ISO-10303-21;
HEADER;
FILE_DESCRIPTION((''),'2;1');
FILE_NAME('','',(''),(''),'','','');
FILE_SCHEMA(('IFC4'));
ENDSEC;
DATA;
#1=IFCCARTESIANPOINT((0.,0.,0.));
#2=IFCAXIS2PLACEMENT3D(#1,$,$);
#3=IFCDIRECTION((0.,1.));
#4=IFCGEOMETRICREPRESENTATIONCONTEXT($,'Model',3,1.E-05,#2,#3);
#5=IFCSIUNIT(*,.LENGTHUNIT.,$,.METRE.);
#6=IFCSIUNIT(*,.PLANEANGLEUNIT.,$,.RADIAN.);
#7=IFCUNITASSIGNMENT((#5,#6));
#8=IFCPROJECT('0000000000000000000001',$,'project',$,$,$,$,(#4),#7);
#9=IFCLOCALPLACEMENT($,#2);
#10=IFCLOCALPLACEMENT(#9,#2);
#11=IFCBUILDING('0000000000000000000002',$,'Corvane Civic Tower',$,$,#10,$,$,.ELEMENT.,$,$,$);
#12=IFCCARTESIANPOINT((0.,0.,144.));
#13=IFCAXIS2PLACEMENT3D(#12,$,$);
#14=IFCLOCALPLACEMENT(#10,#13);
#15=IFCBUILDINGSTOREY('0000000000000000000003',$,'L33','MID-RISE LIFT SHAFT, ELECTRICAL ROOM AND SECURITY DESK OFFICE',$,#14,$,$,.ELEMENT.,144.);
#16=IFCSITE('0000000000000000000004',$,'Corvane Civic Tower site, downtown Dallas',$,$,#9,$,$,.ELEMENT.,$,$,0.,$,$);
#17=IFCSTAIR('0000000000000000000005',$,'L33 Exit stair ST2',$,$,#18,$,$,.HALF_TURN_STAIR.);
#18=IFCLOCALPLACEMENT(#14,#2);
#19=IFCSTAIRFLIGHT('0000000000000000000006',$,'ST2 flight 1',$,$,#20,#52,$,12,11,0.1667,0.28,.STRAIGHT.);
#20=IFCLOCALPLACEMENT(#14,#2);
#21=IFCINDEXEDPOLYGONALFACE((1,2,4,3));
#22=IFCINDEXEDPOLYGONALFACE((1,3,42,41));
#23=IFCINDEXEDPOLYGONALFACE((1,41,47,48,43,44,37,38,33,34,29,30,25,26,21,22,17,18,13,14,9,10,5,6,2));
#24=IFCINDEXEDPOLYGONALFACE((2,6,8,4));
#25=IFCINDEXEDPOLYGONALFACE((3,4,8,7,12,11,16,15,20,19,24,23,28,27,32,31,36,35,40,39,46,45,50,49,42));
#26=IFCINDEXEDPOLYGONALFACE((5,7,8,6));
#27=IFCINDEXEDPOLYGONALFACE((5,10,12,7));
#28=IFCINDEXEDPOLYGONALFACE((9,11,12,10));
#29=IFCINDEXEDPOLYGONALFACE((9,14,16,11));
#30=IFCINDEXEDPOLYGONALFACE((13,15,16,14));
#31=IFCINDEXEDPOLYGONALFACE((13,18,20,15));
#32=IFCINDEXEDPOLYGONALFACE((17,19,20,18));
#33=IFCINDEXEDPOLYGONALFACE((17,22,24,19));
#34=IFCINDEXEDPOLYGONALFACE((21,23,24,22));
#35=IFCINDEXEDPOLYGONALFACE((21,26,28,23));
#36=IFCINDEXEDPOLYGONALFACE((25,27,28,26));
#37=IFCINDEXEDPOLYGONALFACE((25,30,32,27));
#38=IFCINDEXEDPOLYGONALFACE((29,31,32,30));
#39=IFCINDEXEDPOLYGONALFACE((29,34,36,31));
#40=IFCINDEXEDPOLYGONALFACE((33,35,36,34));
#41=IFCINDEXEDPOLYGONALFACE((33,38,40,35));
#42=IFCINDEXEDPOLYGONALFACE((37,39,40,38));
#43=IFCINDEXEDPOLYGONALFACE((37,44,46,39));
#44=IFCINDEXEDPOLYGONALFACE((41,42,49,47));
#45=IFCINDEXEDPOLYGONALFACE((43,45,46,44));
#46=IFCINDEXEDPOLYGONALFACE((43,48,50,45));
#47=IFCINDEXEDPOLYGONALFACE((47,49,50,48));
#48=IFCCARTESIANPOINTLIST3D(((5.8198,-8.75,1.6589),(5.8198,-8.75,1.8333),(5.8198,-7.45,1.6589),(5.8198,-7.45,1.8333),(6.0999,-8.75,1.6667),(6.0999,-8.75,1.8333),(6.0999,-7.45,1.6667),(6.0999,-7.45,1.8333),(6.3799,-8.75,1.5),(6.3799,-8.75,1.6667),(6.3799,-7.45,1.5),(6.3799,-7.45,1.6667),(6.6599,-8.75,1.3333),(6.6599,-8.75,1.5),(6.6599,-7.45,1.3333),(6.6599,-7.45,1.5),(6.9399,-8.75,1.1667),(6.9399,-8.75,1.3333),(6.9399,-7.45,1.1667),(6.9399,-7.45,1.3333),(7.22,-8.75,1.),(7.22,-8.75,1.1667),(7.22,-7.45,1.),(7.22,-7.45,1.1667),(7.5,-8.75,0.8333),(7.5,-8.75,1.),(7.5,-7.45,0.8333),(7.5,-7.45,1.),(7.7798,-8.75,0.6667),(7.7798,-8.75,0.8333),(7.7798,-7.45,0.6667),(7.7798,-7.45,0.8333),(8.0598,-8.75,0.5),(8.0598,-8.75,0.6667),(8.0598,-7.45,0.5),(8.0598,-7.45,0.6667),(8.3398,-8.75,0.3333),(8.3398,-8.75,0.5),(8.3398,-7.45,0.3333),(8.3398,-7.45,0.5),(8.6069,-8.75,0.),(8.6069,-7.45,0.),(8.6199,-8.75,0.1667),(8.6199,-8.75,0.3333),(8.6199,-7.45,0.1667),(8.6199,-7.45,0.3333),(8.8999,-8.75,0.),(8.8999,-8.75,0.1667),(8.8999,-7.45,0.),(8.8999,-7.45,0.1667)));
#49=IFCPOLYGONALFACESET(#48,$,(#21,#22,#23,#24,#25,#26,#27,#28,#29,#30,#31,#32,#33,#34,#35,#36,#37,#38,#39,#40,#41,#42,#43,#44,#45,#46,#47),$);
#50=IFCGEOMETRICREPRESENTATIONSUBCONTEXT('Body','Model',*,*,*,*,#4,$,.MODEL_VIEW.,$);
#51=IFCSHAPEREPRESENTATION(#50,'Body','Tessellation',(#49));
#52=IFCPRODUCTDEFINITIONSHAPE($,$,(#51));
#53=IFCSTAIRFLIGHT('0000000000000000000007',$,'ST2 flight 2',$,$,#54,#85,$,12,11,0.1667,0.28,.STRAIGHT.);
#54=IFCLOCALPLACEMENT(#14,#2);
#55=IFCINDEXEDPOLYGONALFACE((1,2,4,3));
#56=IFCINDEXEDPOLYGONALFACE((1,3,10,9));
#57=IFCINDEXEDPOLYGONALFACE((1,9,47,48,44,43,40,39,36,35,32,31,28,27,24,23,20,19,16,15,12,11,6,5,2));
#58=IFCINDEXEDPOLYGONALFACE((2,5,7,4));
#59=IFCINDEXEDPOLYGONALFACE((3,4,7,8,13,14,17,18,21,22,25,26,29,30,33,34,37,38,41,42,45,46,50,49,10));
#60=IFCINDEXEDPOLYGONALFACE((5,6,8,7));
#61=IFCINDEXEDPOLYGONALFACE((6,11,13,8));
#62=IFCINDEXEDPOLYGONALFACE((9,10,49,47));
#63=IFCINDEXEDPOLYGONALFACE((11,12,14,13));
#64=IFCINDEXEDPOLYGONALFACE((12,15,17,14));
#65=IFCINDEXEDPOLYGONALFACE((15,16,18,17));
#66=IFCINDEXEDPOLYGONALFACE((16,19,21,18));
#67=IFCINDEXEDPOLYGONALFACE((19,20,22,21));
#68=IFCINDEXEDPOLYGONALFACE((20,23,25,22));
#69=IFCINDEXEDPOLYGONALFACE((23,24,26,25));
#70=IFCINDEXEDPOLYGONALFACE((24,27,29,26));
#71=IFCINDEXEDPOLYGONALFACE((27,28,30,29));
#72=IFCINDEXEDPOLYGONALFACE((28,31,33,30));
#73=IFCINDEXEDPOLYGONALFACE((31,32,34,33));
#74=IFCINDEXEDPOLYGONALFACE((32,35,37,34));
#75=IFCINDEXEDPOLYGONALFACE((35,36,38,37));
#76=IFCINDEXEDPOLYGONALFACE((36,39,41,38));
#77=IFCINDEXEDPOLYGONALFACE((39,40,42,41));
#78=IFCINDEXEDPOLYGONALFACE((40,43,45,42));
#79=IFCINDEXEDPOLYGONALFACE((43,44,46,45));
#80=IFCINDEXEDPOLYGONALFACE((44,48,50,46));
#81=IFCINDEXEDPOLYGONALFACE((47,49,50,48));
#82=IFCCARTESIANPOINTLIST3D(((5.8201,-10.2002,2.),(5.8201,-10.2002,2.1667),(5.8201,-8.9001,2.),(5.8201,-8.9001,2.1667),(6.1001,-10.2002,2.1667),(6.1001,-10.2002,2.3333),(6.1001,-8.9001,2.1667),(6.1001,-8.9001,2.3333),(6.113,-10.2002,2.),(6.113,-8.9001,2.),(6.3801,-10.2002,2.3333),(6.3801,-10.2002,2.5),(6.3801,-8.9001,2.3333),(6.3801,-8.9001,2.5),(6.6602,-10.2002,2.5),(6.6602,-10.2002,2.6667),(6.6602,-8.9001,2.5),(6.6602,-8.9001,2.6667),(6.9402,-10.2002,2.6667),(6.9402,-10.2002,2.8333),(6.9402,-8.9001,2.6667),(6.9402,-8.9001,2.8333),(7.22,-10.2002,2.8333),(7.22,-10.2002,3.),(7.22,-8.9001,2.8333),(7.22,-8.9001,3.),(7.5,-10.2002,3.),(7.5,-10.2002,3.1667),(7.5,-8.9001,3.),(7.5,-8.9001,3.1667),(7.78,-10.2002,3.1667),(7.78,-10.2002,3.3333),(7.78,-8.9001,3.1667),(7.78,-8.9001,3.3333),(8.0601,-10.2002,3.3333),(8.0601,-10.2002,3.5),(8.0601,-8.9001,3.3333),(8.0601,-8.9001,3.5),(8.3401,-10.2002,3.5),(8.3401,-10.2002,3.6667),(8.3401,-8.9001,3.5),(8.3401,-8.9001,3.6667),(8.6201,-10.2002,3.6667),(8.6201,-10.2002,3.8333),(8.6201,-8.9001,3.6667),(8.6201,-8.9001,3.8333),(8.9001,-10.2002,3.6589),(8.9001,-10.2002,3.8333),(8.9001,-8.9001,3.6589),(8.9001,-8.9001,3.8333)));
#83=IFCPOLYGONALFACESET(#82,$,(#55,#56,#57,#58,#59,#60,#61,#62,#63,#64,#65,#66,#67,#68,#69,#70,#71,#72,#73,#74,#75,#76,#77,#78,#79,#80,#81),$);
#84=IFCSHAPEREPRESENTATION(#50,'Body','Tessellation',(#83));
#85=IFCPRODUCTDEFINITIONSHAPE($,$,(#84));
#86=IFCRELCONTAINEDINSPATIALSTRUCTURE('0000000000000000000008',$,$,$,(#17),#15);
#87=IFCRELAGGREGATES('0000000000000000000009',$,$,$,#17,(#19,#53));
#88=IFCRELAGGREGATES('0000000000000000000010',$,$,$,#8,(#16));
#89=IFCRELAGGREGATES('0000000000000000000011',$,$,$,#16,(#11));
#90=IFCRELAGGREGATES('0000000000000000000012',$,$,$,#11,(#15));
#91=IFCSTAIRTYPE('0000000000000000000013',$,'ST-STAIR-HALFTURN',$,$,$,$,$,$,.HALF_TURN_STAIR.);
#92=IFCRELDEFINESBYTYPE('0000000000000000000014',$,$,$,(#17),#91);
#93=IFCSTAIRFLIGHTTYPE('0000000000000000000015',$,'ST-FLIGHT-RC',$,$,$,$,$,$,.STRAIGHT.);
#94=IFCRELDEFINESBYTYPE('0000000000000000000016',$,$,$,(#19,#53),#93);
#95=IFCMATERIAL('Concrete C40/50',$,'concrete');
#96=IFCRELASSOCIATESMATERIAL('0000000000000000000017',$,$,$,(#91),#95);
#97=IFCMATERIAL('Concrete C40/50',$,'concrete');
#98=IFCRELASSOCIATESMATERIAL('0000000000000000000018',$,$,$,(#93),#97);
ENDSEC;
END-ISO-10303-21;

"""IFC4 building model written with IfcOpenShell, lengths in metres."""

from ifc_helpers import new_model, si_unit, direction, frame, origin, place, context, subcontext, project, spatial, polyline, outline, extrude, material, type_object, element, aggregate, save


model = new_model("IFC4")

# Units and contexts
model_context = context("Model", 3, precision=1e-05, world=origin(), true_north=direction((0.0, 1.0)))
body_context = subcontext(model_context, "Body", "Model", "MODEL_VIEW")
ifc_project = project(units=[si_unit("LENGTHUNIT", "METRE"), si_unit("PLANEANGLEUNIT", "RADIAN")], contexts=[model_context])

# Site, building, storey
site_placement = place(None, origin())
site = spatial("IfcSite", under=ifc_project, at=site_placement, Name="Corvane Civic Tower site, downtown Dallas", CompositionType="ELEMENT", RefElevation=0.0)
building_placement = place(site_placement, origin())
building = spatial("IfcBuilding", under=site, at=building_placement, Name="Corvane Civic Tower", CompositionType="ELEMENT")
storey_placement = place(building_placement, frame((0.0, 0.0, 144.0)))
storey = spatial("IfcBuildingStorey", under=building, at=storey_placement, Name="L33", Description="MID-RISE LIFT SHAFT, ELECTRICAL ROOM AND SECURITY DESK OFFICE", CompositionType="ELEMENT", Elevation=144.0)

# Stair, stair flights
ifc_material_1 = material(Name="Concrete C40/50", Category="concrete")
stair_type = type_object("IfcStairType", Name="ST-STAIR-HALFTURN", PredefinedType="HALF_TURN_STAIR", material=ifc_material_1)
stair_placement = place(storey_placement, origin())
stair = element("IfcStair", 1, at=stair_placement, inside=storey, type_object=stair_type, Name="L33 Exit stair ST2", PredefinedType="HALF_TURN_STAIR")
ifc_material_2 = material(Name="Concrete C40/50", Category="concrete")
stair_flight_type = type_object("IfcStairFlightType", Name="ST-FLIGHT-RC", PredefinedType="STRAIGHT", material=ifc_material_2)
stair_flight_1_placement = place(storey_placement, frame((8.8999, -8.1001, 0.0), z_axis=(0.0, 0.0, 1.0), x_axis=(-1.0, 0.0, 0.0)))
stair_flight_1 = element("IfcStairFlight", 2, at=stair_flight_1_placement, type_object=stair_flight_type, Name="ST2 flight 1", NumberOfRisers=12, NumberOfTreads=11, PredefinedType="STRAIGHT", RiserHeight=0.1667, TreadLength=0.28, context=body_context, shape_type="SweptSolid", body=[
    extrude(outline(polyline([(0.0, 0.0), (0.0, 0.1667), (0.28, 0.1667), (0.28, 0.3333), (0.5601, 0.3333), (0.5601, 0.5), (0.8401, 0.5), (0.8401, 0.6667), (1.1201, 0.6667), (1.1201, 0.8333), (1.3999, 0.8333), (1.3999, 1.0), (1.6799, 1.0), (1.6799, 1.1667), (1.96, 1.1667), (1.96, 1.3333), (2.24, 1.3333), (2.24, 1.5), (2.52, 1.5), (2.52, 1.6667), (2.8, 1.6667), (2.8, 1.8333), (3.0801, 1.8333), (3.0801, 2.0), (3.0801, 1.6589), (0.293, 0.0), (0.0, 0.0)])), frame((0.0, 0.6499, 0.0), z_axis=(0.0, -1.0, 0.0), x_axis=(1.0, 0.0, 0.0)), (0.0, 0.0, 1.0), 1.3),
])
stair_flight_2_placement = place(storey_placement, frame((5.8201, -9.55, 2.0), z_axis=(0.0, 0.0, 1.0), x_axis=(1.0, 0.0, 0.0)))
stair_flight_2 = element("IfcStairFlight", 3, at=stair_flight_2_placement, type_object=stair_flight_type, Name="ST2 flight 2", NumberOfRisers=12, NumberOfTreads=11, PredefinedType="STRAIGHT", RiserHeight=0.1667, TreadLength=0.28, context=body_context, shape_type="SweptSolid", body=[
    extrude(outline(polyline([(0.0, 0.0), (0.0, 0.1667), (0.28, 0.1667), (0.28, 0.3333), (0.5601, 0.3333), (0.5601, 0.5), (0.8401, 0.5), (0.8401, 0.6667), (1.1201, 0.6667), (1.1201, 0.8333), (1.3999, 0.8333), (1.3999, 1.0), (1.6799, 1.0), (1.6799, 1.1667), (1.96, 1.1667), (1.96, 1.3333), (2.24, 1.3333), (2.24, 1.5), (2.52, 1.5), (2.52, 1.6667), (2.8, 1.6667), (2.8, 1.8333), (3.0801, 1.8333), (3.0801, 2.0), (3.0801, 1.6589), (0.293, 0.0), (0.0, 0.0)])), frame((0.0, 0.6499, 0.0), z_axis=(0.0, -1.0, 0.0), x_axis=(1.0, 0.0, 0.0)), (0.0, 0.0, 1.0), 1.3),
])
aggregate(stair, [stair_flight_1, stair_flight_2])

save(model, "model.ifc")
